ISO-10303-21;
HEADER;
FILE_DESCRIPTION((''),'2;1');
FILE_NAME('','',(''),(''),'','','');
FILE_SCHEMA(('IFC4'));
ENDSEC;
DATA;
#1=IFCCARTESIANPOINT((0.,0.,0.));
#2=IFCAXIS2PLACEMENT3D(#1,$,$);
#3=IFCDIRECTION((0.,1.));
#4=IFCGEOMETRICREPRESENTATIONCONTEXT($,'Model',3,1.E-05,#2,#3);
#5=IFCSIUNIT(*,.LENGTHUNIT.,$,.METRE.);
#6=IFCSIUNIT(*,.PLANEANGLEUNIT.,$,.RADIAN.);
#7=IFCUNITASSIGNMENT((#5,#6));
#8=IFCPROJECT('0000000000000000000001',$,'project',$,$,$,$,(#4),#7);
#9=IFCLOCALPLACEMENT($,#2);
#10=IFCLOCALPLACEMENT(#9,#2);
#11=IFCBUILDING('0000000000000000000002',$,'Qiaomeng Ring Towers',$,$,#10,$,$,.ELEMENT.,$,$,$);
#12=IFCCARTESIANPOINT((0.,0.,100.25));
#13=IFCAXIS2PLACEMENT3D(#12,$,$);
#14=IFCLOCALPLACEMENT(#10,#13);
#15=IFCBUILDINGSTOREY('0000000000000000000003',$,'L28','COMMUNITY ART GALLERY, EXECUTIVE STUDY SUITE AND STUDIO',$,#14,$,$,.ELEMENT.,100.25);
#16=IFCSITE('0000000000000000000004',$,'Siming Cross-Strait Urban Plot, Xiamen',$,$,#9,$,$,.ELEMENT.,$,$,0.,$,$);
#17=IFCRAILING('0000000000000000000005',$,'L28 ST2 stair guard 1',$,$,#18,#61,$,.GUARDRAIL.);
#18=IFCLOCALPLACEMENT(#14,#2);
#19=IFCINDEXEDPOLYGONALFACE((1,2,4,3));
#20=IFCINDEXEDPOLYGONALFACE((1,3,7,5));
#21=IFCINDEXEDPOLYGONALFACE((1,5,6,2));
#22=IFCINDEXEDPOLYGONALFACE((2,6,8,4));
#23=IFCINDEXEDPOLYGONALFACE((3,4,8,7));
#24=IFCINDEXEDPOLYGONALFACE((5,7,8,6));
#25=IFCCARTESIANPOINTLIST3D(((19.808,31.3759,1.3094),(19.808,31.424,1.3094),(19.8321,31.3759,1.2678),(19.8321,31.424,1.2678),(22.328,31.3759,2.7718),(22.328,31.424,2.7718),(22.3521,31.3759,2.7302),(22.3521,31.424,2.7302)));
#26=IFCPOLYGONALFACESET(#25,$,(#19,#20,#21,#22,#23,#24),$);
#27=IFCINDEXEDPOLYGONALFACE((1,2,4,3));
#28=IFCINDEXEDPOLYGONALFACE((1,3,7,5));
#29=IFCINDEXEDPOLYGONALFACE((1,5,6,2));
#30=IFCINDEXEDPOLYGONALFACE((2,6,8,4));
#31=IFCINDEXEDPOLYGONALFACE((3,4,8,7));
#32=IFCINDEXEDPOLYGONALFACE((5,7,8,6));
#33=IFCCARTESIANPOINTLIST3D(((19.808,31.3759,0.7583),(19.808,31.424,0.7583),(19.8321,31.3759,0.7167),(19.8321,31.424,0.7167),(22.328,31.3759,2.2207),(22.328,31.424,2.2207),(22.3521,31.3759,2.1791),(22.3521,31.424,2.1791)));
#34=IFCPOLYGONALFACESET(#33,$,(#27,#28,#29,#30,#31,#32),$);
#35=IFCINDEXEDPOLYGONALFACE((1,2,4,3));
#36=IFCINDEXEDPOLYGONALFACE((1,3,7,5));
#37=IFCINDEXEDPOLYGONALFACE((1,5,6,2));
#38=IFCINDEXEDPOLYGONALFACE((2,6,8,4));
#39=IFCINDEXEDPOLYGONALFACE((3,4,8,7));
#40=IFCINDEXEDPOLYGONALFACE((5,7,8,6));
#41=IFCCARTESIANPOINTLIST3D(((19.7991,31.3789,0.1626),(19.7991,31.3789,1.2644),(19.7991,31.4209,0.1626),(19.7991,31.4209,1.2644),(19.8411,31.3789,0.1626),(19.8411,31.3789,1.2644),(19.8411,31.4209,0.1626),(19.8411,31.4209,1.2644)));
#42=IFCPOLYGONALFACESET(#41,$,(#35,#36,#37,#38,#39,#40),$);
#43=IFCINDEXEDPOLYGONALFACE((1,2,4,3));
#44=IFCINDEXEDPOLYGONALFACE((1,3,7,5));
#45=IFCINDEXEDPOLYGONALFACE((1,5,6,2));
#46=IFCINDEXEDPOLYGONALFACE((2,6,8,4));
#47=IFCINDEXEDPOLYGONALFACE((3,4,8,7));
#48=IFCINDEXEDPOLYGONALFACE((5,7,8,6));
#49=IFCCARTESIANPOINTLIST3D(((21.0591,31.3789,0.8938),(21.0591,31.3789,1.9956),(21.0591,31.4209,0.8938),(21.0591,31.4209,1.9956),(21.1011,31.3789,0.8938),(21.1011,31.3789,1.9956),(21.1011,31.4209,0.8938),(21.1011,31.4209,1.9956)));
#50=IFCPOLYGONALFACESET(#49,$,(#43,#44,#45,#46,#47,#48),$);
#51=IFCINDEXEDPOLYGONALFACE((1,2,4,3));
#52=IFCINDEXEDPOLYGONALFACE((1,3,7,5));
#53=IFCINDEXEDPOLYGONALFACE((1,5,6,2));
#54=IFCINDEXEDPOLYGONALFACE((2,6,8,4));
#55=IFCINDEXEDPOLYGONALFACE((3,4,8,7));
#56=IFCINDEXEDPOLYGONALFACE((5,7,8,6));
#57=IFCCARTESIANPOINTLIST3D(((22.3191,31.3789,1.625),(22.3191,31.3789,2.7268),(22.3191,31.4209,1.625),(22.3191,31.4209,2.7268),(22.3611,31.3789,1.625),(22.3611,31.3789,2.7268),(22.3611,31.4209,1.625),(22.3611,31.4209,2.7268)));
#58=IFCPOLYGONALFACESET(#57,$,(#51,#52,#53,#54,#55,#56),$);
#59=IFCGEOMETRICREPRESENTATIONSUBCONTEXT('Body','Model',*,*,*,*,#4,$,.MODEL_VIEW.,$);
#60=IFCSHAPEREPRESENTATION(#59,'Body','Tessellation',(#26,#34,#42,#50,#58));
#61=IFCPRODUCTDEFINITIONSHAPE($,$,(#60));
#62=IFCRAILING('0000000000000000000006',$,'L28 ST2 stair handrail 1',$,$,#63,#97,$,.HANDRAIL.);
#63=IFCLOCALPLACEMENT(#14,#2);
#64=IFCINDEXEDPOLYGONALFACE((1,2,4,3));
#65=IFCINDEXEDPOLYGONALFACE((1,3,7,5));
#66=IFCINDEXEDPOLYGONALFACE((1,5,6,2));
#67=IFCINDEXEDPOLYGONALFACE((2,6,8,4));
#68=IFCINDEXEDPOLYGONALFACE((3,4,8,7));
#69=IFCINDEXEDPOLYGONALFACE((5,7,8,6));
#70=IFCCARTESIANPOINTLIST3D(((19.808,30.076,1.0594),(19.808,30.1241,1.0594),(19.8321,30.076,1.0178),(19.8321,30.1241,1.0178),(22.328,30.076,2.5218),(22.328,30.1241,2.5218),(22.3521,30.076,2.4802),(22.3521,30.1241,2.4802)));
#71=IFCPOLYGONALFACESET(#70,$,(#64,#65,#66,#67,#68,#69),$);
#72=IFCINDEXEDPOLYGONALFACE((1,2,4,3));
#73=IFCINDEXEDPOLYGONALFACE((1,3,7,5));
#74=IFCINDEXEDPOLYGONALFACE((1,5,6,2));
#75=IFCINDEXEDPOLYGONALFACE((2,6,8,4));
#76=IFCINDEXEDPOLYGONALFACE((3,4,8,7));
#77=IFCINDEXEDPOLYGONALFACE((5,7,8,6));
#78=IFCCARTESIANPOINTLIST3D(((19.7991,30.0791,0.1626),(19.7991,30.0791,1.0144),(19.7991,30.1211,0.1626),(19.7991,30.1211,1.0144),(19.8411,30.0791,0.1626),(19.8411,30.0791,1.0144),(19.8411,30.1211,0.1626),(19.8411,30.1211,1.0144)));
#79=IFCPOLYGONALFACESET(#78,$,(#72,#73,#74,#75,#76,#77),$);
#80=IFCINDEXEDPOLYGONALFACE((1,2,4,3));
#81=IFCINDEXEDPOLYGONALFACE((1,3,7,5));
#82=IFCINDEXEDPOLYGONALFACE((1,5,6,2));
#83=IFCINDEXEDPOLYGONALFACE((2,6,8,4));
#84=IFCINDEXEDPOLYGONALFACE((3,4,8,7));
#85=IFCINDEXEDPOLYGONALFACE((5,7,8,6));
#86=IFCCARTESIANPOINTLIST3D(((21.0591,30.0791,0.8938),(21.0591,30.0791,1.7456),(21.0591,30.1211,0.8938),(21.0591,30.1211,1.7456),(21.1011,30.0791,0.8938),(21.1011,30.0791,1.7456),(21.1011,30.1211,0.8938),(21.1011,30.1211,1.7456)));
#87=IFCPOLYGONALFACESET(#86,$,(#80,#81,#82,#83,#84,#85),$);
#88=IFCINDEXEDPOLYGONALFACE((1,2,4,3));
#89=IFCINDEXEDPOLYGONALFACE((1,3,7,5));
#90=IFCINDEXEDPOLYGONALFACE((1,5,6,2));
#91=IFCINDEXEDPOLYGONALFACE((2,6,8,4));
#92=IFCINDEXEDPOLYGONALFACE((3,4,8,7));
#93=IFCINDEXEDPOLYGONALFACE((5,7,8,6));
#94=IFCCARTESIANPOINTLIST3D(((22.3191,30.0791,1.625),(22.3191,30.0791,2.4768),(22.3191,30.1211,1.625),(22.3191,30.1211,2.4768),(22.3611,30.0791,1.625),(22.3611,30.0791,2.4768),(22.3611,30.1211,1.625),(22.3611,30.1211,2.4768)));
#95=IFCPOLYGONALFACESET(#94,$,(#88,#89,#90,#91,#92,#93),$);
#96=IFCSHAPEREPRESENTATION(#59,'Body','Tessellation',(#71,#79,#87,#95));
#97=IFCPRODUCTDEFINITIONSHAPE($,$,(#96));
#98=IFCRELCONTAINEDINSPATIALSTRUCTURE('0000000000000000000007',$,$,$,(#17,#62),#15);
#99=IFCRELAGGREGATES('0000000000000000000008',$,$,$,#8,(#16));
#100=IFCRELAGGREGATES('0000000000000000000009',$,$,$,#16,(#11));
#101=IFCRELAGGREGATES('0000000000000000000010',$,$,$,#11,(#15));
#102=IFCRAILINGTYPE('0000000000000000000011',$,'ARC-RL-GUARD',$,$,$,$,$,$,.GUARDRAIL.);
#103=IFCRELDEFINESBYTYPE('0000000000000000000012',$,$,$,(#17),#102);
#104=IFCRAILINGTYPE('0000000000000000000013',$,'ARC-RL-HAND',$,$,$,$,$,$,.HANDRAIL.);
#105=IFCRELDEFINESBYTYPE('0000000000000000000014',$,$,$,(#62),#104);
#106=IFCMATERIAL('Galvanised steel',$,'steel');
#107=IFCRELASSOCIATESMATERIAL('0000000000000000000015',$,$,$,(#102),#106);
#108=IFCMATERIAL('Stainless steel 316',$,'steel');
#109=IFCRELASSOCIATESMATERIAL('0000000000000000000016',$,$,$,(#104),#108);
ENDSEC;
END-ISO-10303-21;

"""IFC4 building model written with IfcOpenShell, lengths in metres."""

from ifc_helpers import new_model, si_unit, direction, frame, origin, origin_2d, place, context, subcontext, project, spatial, rectangle, extrude, material, type_object, element, save


model = new_model("IFC4")

# Units and contexts
model_context = context("Model", 3, precision=1e-05, world=origin(), true_north=direction((0.0, 1.0)))
body_context = subcontext(model_context, "Body", "Model", "MODEL_VIEW")
ifc_project = project(units=[si_unit("LENGTHUNIT", "METRE"), si_unit("PLANEANGLEUNIT", "RADIAN")], contexts=[model_context])

# Site, building, storey
site_placement = place(None, origin())
site = spatial("IfcSite", under=ifc_project, at=site_placement, Name="Siming Cross-Strait Urban Plot, Xiamen", CompositionType="ELEMENT", RefElevation=0.0)
building_placement = place(site_placement, origin())
building = spatial("IfcBuilding", under=site, at=building_placement, Name="Qiaomeng Ring Towers", CompositionType="ELEMENT")
storey_placement = place(building_placement, frame((0.0, 0.0, 100.25)))
storey = spatial("IfcBuildingStorey", under=building, at=storey_placement, Name="L28", Description="COMMUNITY ART GALLERY, EXECUTIVE STUDY SUITE AND STUDIO", CompositionType="ELEMENT", Elevation=100.25)

# Shared definitions
ifc_material_1 = material(Name="Stainless steel 316", Category="steel")

# Railings
ifc_material_2 = material(Name="Galvanised steel", Category="steel")
railing_type_1 = type_object("IfcRailingType", Name="ARC-RL-GUARD", PredefinedType="GUARDRAIL", material=ifc_material_2)
railing_1_placement = place(storey_placement, frame((19.8201, 31.3999, 0.1626)))
element("IfcRailing", 1, at=railing_1_placement, inside=storey, type_object=railing_type_1, Name="L28 ST2 stair guard 1", PredefinedType="GUARDRAIL", context=body_context, shape_type="SweptSolid", body=[
    extrude(rectangle(XDim=0.0481, YDim=0.0481, at=origin_2d()), frame((0.0, 0.0, 1.126), z_axis=(0.864913, 0.0, 0.501921), x_axis=(0.0, 1.0, 0.0)), (0.0, 0.0, 1.0), 2.9136),
    extrude(rectangle(XDim=0.0481, YDim=0.0481, at=origin_2d()), frame((0.0, 0.0, 0.575), z_axis=(0.864913, 0.0, 0.501921), x_axis=(0.0, 1.0, 0.0)), (0.0, 0.0, 1.0), 2.9136),
    extrude(rectangle(XDim=0.042, YDim=0.042, at=origin_2d()), origin(), (0.0, 0.0, 1.0), 1.1018),
    extrude(rectangle(XDim=0.042, YDim=0.042, at=origin_2d()), frame((1.26, 0.0, 0.7312)), (0.0, 0.0, 1.0), 1.1018),
    extrude(rectangle(XDim=0.042, YDim=0.042, at=origin_2d()), frame((2.52, 0.0, 1.4624)), (0.0, 0.0, 1.0), 1.1018),
])
railing_type_2 = type_object("IfcRailingType", Name="ARC-RL-HAND", PredefinedType="HANDRAIL", material=ifc_material_1)
railing_2_placement = place(storey_placement, frame((19.8201, 30.1001, 0.1626)))
element("IfcRailing", 2, at=railing_2_placement, inside=storey, type_object=railing_type_2, Name="L28 ST2 stair handrail 1", PredefinedType="HANDRAIL", context=body_context, shape_type="SweptSolid", body=[
    extrude(rectangle(XDim=0.0481, YDim=0.0481, at=origin_2d()), frame((0.0, 0.0, 0.876), z_axis=(0.864913, 0.0, 0.501921), x_axis=(0.0, 1.0, 0.0)), (0.0, 0.0, 1.0), 2.9136),
    extrude(rectangle(XDim=0.042, YDim=0.042, at=origin_2d()), origin(), (0.0, 0.0, 1.0), 0.8518),
    extrude(rectangle(XDim=0.042, YDim=0.042, at=origin_2d()), frame((1.26, 0.0, 0.7312)), (0.0, 0.0, 1.0), 0.8518),
    extrude(rectangle(XDim=0.042, YDim=0.042, at=origin_2d()), frame((2.52, 0.0, 1.4624)), (0.0, 0.0, 1.0), 0.8518),
])

save(model, "model.ifc")
